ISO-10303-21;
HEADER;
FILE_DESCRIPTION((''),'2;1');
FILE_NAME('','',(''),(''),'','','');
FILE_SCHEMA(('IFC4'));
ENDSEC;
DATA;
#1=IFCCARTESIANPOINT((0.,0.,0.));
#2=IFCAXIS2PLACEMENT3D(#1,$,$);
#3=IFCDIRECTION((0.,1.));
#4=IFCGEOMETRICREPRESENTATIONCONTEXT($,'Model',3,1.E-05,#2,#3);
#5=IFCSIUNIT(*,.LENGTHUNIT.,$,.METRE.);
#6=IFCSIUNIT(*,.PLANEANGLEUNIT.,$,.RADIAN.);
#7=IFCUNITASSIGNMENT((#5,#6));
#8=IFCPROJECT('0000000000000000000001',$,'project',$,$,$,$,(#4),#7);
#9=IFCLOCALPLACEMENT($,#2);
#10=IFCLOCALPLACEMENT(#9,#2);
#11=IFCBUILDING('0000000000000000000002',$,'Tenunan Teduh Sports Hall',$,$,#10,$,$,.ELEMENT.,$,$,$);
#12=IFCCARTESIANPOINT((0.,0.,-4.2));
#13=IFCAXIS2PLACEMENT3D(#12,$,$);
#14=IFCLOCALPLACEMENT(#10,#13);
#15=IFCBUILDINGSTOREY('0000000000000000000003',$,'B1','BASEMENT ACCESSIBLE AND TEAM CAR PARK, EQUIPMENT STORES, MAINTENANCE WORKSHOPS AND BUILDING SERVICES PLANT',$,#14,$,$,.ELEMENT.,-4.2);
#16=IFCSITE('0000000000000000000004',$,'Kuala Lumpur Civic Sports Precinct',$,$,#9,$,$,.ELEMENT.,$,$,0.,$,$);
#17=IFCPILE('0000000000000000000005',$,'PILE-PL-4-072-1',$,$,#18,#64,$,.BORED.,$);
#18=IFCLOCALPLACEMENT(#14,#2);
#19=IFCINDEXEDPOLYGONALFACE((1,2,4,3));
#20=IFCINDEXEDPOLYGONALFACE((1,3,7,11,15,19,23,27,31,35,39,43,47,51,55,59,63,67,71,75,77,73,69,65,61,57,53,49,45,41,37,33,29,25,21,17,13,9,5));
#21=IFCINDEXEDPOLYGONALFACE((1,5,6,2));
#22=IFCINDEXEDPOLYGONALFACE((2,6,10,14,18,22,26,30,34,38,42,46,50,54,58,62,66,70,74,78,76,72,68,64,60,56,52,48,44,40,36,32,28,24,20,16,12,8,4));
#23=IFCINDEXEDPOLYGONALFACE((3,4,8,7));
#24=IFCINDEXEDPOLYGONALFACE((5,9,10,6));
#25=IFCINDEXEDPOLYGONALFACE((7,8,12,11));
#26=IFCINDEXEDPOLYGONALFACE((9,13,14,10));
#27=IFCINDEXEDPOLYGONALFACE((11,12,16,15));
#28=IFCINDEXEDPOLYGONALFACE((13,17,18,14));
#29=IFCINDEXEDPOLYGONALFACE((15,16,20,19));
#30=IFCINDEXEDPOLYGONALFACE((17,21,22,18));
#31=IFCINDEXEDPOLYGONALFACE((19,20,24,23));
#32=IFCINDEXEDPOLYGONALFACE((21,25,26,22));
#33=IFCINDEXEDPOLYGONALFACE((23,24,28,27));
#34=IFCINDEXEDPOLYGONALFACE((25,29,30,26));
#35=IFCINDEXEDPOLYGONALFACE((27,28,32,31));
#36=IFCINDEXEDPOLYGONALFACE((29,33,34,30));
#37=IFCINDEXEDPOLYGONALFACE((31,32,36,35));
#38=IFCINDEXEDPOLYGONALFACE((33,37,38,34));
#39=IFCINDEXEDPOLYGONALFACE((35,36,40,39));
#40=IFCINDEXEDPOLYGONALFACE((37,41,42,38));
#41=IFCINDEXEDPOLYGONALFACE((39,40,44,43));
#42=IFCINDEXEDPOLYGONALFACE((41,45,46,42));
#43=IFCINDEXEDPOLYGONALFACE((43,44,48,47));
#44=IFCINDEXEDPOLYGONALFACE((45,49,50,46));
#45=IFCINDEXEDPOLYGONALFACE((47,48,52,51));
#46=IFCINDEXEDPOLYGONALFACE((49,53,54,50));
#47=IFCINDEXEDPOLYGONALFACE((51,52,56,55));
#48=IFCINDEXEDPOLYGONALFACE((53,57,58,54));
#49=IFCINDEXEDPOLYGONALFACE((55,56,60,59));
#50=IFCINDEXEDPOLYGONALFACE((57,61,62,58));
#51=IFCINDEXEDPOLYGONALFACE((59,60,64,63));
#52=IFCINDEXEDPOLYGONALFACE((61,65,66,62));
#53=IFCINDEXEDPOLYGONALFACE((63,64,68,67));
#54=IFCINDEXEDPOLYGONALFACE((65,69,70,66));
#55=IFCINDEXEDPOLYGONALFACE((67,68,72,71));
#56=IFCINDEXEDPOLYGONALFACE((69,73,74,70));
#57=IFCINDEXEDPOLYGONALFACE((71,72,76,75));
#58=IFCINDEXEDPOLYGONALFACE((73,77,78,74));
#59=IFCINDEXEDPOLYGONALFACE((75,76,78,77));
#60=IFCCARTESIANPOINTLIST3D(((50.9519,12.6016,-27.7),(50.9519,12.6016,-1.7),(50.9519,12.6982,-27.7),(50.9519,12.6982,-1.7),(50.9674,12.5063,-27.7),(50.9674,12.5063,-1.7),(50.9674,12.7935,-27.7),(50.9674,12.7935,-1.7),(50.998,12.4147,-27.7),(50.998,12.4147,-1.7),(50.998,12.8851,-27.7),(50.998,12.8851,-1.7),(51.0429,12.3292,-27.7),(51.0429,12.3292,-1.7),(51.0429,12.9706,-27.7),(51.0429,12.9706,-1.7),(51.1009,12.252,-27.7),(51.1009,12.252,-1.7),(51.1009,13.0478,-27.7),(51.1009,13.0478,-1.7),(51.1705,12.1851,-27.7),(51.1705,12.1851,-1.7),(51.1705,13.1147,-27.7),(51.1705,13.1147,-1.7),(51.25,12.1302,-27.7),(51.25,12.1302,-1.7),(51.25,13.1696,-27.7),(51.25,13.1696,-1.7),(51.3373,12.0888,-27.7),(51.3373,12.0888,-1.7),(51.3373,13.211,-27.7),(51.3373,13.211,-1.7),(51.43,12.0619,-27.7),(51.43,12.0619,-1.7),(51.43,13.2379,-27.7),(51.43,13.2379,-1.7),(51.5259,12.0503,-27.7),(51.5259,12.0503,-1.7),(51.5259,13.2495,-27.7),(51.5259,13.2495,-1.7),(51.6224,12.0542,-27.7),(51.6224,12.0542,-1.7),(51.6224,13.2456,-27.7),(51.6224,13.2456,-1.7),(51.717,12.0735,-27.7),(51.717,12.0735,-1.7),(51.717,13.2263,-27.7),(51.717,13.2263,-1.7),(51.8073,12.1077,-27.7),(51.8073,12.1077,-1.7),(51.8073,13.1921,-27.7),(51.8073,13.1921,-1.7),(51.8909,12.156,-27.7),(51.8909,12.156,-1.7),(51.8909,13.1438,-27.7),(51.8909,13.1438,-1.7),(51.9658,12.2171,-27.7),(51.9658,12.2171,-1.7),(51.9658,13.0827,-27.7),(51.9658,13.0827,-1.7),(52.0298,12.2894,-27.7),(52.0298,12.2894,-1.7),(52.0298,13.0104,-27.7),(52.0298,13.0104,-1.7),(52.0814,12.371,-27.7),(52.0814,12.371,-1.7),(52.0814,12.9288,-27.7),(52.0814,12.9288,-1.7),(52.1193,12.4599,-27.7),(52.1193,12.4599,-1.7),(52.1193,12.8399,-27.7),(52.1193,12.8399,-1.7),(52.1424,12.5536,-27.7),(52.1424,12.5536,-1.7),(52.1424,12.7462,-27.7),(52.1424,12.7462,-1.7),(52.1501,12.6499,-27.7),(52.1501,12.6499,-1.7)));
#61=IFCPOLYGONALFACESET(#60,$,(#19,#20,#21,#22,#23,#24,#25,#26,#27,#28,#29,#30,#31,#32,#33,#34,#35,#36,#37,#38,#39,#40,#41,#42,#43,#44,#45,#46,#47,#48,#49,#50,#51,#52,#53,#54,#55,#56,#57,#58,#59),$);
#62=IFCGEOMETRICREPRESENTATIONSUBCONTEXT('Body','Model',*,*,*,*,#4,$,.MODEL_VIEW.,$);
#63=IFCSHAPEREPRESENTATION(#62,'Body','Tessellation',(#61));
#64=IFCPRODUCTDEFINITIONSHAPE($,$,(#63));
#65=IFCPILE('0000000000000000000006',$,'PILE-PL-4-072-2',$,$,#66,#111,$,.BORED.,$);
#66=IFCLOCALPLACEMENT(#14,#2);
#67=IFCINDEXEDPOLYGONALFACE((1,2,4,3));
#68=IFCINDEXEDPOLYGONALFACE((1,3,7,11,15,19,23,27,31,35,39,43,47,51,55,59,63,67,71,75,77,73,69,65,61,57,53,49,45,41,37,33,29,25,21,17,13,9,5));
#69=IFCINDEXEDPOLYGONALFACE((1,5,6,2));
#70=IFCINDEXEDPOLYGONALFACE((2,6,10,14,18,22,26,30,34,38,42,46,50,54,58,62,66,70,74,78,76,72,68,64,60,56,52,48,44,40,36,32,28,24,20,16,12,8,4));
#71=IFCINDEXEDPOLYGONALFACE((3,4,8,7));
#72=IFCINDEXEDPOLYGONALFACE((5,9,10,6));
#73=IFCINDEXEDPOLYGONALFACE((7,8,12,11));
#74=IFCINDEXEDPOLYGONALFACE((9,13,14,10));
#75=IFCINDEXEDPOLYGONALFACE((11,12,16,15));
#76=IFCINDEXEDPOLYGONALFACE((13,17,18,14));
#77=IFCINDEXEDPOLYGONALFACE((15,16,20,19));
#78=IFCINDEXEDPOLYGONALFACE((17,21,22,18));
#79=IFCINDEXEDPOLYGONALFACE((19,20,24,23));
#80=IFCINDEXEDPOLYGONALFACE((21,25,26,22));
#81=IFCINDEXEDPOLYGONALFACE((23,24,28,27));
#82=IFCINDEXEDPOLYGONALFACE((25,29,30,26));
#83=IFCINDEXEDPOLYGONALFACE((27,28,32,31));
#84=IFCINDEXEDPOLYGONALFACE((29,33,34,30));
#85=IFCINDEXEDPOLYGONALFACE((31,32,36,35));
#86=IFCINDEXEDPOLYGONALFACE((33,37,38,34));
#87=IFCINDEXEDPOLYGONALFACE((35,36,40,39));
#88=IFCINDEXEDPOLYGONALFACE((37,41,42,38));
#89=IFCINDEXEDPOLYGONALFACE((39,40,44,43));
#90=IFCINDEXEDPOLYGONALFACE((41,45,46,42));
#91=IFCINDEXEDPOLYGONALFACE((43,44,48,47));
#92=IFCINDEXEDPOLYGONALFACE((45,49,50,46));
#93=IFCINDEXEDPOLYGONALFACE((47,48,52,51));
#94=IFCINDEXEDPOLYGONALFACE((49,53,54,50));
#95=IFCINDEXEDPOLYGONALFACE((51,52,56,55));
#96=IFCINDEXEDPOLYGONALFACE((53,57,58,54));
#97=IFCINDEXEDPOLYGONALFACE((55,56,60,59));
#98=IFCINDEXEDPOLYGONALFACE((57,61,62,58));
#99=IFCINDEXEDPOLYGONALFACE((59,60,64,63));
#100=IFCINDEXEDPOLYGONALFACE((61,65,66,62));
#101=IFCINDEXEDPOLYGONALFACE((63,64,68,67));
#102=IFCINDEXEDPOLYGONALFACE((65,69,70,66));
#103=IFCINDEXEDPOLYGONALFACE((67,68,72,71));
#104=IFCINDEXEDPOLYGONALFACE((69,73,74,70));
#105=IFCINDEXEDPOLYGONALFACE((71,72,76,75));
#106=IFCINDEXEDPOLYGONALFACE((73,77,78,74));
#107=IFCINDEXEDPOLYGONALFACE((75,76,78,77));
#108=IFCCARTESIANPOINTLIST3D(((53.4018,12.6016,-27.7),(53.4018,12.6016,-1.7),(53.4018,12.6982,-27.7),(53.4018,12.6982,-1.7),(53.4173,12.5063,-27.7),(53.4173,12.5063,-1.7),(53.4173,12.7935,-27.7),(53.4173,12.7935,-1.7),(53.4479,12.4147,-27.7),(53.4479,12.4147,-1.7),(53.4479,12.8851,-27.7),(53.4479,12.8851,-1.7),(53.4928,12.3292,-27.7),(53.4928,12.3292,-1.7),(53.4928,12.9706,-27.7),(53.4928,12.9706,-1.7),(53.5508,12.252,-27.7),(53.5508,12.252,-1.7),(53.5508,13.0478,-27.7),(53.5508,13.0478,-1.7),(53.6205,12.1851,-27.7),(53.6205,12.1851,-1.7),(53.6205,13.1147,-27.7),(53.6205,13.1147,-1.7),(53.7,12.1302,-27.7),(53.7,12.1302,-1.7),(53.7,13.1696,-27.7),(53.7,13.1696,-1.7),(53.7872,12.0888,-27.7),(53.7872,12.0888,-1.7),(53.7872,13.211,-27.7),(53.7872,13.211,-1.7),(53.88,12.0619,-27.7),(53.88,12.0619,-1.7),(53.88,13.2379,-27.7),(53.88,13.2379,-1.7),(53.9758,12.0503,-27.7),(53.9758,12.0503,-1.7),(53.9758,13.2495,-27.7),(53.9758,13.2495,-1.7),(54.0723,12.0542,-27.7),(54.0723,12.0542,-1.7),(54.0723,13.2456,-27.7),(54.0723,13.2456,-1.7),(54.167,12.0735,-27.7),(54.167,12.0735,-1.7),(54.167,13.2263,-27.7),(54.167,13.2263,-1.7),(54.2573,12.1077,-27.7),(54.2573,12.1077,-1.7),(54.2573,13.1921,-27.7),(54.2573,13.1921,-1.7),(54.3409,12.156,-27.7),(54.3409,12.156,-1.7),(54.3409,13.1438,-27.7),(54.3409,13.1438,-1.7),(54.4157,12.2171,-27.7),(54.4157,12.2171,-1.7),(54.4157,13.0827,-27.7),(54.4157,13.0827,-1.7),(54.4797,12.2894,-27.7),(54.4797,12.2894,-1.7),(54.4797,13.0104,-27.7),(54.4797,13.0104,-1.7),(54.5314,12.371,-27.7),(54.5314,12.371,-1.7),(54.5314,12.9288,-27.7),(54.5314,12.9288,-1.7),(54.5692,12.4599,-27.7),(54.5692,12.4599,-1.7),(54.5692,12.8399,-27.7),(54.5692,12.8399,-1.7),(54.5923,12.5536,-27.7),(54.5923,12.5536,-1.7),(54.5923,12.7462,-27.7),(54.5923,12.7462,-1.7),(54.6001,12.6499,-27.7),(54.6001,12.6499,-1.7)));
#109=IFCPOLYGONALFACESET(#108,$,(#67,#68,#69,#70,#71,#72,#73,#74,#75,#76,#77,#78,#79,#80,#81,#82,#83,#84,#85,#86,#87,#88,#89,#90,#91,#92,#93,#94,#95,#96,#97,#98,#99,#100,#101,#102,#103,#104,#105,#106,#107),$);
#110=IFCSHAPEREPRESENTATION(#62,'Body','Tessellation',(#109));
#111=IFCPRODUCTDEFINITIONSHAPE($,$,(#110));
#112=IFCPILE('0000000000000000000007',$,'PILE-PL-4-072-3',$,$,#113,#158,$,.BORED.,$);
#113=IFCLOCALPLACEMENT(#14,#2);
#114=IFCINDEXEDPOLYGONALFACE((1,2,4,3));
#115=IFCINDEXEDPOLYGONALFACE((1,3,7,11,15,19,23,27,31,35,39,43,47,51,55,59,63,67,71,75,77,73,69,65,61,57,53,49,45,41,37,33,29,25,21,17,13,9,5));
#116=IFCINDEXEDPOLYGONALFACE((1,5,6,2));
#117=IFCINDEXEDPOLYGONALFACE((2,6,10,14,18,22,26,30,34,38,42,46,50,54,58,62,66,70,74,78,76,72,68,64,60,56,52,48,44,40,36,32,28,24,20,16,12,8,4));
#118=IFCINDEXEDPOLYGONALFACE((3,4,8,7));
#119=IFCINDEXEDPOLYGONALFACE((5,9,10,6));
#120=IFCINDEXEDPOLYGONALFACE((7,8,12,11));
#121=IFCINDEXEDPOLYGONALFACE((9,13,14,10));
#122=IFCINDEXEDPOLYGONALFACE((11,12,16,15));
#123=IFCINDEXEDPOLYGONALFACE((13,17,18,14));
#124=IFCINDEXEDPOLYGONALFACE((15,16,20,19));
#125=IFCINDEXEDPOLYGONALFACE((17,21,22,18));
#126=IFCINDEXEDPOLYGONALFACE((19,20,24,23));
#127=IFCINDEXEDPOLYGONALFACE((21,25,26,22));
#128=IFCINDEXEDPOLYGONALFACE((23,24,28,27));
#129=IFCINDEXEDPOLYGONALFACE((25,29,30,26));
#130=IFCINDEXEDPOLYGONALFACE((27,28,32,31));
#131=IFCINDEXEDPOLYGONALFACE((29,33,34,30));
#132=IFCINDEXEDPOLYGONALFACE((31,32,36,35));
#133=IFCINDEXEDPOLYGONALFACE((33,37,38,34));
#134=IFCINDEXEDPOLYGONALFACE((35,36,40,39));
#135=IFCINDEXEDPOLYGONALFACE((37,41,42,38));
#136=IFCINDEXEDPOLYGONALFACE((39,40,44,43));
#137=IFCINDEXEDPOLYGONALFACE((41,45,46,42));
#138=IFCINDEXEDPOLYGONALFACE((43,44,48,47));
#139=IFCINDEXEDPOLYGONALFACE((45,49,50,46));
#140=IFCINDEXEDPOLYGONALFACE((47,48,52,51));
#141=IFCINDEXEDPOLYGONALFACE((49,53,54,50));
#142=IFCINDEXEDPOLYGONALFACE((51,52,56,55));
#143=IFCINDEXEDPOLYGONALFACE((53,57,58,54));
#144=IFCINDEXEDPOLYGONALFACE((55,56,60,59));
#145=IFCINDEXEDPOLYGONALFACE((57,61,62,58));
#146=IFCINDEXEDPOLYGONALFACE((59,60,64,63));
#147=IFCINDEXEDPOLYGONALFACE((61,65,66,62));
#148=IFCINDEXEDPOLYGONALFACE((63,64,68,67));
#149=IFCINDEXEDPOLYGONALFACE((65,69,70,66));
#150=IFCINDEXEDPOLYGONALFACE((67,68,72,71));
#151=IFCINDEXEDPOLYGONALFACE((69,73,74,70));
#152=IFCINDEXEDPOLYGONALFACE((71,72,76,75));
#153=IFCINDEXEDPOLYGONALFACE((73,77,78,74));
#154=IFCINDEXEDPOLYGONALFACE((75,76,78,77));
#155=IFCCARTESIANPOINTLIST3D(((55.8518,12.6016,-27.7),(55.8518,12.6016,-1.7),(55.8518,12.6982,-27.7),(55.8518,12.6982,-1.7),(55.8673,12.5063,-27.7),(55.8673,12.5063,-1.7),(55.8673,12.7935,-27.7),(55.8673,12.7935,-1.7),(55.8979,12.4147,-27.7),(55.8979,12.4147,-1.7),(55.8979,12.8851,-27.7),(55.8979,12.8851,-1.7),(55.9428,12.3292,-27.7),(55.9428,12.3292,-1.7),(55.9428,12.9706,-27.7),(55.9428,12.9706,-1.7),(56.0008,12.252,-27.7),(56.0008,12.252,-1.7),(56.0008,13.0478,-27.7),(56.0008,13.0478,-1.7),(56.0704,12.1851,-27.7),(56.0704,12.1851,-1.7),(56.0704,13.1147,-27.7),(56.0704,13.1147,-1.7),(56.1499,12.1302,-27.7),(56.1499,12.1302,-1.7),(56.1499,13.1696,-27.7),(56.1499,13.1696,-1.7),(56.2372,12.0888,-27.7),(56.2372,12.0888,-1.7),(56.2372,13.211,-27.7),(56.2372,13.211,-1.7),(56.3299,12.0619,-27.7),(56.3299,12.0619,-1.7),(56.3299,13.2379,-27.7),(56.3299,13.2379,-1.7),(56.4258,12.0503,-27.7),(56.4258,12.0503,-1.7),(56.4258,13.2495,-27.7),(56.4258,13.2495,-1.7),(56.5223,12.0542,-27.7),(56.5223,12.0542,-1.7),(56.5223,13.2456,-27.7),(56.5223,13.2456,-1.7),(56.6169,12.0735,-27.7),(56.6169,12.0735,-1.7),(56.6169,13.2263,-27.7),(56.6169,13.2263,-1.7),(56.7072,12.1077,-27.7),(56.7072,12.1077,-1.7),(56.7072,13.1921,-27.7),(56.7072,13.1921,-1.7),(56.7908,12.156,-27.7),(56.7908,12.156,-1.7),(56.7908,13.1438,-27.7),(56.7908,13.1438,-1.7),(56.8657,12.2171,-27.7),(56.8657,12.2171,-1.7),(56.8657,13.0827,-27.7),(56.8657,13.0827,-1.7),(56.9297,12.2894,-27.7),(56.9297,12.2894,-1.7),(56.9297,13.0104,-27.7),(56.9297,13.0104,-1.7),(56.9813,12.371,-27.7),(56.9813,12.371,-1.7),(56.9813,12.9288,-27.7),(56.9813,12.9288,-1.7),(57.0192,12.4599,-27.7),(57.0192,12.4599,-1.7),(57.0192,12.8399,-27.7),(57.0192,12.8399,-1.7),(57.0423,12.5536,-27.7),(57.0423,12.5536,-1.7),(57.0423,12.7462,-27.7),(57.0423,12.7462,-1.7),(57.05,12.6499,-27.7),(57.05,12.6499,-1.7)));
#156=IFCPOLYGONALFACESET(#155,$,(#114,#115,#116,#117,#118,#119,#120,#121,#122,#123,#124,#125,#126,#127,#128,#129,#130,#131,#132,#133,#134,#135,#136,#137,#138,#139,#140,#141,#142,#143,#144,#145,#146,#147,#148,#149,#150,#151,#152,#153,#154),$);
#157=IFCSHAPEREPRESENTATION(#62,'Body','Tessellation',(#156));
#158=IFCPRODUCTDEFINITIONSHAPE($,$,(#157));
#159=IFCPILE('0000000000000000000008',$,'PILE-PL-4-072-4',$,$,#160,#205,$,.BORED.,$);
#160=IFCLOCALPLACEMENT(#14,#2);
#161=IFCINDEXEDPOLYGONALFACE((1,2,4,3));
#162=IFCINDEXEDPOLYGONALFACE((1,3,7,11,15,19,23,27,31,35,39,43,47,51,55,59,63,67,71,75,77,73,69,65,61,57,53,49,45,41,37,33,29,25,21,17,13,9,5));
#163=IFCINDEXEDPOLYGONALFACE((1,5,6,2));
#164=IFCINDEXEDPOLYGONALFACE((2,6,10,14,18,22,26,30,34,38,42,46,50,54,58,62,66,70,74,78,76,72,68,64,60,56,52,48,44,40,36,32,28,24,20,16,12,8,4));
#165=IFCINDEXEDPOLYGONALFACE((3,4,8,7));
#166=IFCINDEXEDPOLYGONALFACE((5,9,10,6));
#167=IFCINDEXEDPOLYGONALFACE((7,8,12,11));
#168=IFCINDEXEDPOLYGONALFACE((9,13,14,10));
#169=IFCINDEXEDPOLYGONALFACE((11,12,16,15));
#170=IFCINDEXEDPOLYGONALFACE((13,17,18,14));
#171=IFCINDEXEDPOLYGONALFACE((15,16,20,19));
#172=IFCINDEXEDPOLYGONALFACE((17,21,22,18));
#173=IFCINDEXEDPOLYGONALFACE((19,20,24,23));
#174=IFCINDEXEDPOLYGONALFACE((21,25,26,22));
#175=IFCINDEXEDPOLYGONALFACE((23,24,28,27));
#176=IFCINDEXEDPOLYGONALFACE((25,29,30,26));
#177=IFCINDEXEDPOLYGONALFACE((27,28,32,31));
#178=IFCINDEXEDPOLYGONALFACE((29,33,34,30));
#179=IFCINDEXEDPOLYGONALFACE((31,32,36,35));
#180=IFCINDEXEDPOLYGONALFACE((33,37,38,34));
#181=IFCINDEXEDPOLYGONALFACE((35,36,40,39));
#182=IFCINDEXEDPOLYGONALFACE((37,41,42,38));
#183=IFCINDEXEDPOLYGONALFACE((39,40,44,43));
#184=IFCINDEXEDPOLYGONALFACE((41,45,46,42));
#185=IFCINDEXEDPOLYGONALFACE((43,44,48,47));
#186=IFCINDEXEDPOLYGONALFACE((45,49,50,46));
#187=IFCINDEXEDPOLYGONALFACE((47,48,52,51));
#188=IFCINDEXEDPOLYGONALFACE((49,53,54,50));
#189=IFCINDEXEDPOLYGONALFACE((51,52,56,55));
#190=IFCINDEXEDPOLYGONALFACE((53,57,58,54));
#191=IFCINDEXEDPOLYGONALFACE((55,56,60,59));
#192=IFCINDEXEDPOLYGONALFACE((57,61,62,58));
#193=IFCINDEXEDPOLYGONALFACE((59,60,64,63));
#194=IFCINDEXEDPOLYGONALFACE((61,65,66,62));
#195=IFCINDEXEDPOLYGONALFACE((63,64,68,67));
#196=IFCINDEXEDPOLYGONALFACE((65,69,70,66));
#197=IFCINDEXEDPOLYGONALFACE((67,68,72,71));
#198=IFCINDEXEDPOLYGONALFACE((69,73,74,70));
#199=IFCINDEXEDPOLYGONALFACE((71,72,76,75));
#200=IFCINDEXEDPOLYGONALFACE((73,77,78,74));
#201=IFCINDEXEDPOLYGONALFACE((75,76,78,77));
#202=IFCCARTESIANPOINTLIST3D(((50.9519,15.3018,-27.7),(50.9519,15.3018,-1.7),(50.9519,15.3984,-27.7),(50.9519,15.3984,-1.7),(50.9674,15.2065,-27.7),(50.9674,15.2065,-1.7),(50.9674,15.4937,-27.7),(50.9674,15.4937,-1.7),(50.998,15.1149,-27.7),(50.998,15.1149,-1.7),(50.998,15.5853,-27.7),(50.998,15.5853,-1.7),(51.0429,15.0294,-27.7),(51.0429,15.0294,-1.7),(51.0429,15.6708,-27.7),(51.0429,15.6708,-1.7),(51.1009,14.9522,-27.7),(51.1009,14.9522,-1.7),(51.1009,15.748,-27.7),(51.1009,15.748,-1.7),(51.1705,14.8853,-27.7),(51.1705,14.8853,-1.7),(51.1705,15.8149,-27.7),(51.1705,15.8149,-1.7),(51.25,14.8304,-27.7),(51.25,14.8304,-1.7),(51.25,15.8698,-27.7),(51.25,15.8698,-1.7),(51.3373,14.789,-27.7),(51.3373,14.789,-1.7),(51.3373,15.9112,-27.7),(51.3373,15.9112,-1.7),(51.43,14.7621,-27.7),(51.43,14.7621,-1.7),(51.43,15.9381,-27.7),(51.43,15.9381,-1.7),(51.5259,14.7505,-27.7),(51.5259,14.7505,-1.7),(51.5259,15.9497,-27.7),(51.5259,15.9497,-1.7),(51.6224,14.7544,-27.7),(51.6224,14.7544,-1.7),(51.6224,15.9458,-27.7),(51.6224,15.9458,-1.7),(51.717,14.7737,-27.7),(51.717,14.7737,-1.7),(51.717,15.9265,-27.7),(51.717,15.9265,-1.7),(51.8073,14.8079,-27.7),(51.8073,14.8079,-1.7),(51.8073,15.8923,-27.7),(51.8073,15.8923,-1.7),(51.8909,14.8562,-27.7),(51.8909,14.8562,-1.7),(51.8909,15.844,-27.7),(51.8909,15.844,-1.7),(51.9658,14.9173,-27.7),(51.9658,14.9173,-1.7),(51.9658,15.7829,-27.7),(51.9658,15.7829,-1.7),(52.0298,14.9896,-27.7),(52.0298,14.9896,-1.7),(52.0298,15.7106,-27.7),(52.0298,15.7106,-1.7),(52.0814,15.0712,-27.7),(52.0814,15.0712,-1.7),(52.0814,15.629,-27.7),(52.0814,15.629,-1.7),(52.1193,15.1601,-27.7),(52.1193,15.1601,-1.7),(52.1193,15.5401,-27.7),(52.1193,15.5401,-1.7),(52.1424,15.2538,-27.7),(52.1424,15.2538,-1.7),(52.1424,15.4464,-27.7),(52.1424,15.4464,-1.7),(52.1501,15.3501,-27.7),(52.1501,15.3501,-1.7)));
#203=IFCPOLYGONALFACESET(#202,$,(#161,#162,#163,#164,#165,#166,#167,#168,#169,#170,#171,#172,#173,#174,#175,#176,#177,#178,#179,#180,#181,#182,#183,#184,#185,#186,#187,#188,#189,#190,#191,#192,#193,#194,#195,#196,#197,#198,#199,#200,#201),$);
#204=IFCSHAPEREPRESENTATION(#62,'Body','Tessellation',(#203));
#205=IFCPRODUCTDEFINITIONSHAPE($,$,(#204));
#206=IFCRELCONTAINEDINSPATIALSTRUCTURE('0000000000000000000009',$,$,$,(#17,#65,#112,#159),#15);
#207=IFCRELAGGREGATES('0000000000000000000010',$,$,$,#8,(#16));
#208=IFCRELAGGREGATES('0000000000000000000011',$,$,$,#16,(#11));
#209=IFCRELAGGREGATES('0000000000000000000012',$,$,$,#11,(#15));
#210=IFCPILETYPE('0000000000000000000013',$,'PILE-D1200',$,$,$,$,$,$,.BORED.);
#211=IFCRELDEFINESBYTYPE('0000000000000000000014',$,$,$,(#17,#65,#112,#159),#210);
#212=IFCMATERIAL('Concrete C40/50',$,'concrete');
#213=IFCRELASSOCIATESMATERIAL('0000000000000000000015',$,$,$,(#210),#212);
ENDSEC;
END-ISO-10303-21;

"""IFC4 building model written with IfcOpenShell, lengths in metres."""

from ifc_helpers import new_model, si_unit, direction, frame, origin, origin_2d, place, context, subcontext, project, spatial, circle, extrude, material, material_profile, profile_set, type_object, element, save


model = new_model("IFC4")

# Units and contexts
model_context = context("Model", 3, precision=1e-05, world=origin(), true_north=direction((0.0, 1.0)))
body_context = subcontext(model_context, "Body", "Model", "MODEL_VIEW")
ifc_project = project(units=[si_unit("LENGTHUNIT", "METRE"), si_unit("PLANEANGLEUNIT", "RADIAN")], contexts=[model_context])

# Site, building, storey
site_placement = place(None, origin())
site = spatial("IfcSite", under=ifc_project, at=site_placement, Name="Kuala Lumpur Civic Sports Precinct", CompositionType="ELEMENT", RefElevation=0.0)
building_placement = place(site_placement, origin())
building = spatial("IfcBuilding", under=site, at=building_placement, Name="Tenunan Teduh Sports Hall", CompositionType="ELEMENT")
storey_placement = place(building_placement, frame((0.0, 0.0, -4.2)))
storey = spatial("IfcBuildingStorey", under=building, at=storey_placement, Name="B1", Description="BASEMENT ACCESSIBLE AND TEAM CAR PARK, EQUIPMENT STORES, MAINTENANCE WORKSHOPS AND BUILDING SERVICES PLANT", CompositionType="ELEMENT", Elevation=-4.2)

# Piles
ifc_material_1 = material(Name="Concrete C40/50", Category="concrete")
ifc_material_profile_1 = material_profile(ifc_material_1, circle(Radius=0.6001, at=origin_2d()), Name="PILE D1200")
ifc_profile_set_1 = profile_set([ifc_material_profile_1], Name="Concrete C40/50")
pile_type_1 = type_object("IfcPileType", Name="PILE-D1200", PredefinedType="BORED", material=ifc_profile_set_1)
for number, where, z_axis, x_axis, name in (
    (1, (51.55, 12.6499, -1.7), (0.0, 0.0, -1.0), (1.0, 0.0, 0.0), "PILE-PL-4-072-1"),
    (2, (54.0, 12.6499, -1.7), (0.0, 0.0, -1.0), (1.0, 0.0, 0.0), "PILE-PL-4-072-2"),
    (3, (56.45, 12.6499, -1.7), (0.0, 0.0, -1.0), (1.0, 0.0, 0.0), "PILE-PL-4-072-3"),
    (4, (51.55, 15.3501, -1.7), (0.0, 0.0, -1.0), (1.0, 0.0, 0.0), "PILE-PL-4-072-4"),
):
    element("IfcPile", number, at=place(storey_placement, frame(where, z_axis=z_axis, x_axis=x_axis)), inside=storey, type_object=pile_type_1, Name=name, PredefinedType="BORED", context=body_context, shape_type="SweptSolid", body=[
        extrude(circle(Radius=0.6001, at=origin_2d()), origin(), (0.0, 0.0, 1.0), 26.0),
    ])

save(model, "model.ifc")
